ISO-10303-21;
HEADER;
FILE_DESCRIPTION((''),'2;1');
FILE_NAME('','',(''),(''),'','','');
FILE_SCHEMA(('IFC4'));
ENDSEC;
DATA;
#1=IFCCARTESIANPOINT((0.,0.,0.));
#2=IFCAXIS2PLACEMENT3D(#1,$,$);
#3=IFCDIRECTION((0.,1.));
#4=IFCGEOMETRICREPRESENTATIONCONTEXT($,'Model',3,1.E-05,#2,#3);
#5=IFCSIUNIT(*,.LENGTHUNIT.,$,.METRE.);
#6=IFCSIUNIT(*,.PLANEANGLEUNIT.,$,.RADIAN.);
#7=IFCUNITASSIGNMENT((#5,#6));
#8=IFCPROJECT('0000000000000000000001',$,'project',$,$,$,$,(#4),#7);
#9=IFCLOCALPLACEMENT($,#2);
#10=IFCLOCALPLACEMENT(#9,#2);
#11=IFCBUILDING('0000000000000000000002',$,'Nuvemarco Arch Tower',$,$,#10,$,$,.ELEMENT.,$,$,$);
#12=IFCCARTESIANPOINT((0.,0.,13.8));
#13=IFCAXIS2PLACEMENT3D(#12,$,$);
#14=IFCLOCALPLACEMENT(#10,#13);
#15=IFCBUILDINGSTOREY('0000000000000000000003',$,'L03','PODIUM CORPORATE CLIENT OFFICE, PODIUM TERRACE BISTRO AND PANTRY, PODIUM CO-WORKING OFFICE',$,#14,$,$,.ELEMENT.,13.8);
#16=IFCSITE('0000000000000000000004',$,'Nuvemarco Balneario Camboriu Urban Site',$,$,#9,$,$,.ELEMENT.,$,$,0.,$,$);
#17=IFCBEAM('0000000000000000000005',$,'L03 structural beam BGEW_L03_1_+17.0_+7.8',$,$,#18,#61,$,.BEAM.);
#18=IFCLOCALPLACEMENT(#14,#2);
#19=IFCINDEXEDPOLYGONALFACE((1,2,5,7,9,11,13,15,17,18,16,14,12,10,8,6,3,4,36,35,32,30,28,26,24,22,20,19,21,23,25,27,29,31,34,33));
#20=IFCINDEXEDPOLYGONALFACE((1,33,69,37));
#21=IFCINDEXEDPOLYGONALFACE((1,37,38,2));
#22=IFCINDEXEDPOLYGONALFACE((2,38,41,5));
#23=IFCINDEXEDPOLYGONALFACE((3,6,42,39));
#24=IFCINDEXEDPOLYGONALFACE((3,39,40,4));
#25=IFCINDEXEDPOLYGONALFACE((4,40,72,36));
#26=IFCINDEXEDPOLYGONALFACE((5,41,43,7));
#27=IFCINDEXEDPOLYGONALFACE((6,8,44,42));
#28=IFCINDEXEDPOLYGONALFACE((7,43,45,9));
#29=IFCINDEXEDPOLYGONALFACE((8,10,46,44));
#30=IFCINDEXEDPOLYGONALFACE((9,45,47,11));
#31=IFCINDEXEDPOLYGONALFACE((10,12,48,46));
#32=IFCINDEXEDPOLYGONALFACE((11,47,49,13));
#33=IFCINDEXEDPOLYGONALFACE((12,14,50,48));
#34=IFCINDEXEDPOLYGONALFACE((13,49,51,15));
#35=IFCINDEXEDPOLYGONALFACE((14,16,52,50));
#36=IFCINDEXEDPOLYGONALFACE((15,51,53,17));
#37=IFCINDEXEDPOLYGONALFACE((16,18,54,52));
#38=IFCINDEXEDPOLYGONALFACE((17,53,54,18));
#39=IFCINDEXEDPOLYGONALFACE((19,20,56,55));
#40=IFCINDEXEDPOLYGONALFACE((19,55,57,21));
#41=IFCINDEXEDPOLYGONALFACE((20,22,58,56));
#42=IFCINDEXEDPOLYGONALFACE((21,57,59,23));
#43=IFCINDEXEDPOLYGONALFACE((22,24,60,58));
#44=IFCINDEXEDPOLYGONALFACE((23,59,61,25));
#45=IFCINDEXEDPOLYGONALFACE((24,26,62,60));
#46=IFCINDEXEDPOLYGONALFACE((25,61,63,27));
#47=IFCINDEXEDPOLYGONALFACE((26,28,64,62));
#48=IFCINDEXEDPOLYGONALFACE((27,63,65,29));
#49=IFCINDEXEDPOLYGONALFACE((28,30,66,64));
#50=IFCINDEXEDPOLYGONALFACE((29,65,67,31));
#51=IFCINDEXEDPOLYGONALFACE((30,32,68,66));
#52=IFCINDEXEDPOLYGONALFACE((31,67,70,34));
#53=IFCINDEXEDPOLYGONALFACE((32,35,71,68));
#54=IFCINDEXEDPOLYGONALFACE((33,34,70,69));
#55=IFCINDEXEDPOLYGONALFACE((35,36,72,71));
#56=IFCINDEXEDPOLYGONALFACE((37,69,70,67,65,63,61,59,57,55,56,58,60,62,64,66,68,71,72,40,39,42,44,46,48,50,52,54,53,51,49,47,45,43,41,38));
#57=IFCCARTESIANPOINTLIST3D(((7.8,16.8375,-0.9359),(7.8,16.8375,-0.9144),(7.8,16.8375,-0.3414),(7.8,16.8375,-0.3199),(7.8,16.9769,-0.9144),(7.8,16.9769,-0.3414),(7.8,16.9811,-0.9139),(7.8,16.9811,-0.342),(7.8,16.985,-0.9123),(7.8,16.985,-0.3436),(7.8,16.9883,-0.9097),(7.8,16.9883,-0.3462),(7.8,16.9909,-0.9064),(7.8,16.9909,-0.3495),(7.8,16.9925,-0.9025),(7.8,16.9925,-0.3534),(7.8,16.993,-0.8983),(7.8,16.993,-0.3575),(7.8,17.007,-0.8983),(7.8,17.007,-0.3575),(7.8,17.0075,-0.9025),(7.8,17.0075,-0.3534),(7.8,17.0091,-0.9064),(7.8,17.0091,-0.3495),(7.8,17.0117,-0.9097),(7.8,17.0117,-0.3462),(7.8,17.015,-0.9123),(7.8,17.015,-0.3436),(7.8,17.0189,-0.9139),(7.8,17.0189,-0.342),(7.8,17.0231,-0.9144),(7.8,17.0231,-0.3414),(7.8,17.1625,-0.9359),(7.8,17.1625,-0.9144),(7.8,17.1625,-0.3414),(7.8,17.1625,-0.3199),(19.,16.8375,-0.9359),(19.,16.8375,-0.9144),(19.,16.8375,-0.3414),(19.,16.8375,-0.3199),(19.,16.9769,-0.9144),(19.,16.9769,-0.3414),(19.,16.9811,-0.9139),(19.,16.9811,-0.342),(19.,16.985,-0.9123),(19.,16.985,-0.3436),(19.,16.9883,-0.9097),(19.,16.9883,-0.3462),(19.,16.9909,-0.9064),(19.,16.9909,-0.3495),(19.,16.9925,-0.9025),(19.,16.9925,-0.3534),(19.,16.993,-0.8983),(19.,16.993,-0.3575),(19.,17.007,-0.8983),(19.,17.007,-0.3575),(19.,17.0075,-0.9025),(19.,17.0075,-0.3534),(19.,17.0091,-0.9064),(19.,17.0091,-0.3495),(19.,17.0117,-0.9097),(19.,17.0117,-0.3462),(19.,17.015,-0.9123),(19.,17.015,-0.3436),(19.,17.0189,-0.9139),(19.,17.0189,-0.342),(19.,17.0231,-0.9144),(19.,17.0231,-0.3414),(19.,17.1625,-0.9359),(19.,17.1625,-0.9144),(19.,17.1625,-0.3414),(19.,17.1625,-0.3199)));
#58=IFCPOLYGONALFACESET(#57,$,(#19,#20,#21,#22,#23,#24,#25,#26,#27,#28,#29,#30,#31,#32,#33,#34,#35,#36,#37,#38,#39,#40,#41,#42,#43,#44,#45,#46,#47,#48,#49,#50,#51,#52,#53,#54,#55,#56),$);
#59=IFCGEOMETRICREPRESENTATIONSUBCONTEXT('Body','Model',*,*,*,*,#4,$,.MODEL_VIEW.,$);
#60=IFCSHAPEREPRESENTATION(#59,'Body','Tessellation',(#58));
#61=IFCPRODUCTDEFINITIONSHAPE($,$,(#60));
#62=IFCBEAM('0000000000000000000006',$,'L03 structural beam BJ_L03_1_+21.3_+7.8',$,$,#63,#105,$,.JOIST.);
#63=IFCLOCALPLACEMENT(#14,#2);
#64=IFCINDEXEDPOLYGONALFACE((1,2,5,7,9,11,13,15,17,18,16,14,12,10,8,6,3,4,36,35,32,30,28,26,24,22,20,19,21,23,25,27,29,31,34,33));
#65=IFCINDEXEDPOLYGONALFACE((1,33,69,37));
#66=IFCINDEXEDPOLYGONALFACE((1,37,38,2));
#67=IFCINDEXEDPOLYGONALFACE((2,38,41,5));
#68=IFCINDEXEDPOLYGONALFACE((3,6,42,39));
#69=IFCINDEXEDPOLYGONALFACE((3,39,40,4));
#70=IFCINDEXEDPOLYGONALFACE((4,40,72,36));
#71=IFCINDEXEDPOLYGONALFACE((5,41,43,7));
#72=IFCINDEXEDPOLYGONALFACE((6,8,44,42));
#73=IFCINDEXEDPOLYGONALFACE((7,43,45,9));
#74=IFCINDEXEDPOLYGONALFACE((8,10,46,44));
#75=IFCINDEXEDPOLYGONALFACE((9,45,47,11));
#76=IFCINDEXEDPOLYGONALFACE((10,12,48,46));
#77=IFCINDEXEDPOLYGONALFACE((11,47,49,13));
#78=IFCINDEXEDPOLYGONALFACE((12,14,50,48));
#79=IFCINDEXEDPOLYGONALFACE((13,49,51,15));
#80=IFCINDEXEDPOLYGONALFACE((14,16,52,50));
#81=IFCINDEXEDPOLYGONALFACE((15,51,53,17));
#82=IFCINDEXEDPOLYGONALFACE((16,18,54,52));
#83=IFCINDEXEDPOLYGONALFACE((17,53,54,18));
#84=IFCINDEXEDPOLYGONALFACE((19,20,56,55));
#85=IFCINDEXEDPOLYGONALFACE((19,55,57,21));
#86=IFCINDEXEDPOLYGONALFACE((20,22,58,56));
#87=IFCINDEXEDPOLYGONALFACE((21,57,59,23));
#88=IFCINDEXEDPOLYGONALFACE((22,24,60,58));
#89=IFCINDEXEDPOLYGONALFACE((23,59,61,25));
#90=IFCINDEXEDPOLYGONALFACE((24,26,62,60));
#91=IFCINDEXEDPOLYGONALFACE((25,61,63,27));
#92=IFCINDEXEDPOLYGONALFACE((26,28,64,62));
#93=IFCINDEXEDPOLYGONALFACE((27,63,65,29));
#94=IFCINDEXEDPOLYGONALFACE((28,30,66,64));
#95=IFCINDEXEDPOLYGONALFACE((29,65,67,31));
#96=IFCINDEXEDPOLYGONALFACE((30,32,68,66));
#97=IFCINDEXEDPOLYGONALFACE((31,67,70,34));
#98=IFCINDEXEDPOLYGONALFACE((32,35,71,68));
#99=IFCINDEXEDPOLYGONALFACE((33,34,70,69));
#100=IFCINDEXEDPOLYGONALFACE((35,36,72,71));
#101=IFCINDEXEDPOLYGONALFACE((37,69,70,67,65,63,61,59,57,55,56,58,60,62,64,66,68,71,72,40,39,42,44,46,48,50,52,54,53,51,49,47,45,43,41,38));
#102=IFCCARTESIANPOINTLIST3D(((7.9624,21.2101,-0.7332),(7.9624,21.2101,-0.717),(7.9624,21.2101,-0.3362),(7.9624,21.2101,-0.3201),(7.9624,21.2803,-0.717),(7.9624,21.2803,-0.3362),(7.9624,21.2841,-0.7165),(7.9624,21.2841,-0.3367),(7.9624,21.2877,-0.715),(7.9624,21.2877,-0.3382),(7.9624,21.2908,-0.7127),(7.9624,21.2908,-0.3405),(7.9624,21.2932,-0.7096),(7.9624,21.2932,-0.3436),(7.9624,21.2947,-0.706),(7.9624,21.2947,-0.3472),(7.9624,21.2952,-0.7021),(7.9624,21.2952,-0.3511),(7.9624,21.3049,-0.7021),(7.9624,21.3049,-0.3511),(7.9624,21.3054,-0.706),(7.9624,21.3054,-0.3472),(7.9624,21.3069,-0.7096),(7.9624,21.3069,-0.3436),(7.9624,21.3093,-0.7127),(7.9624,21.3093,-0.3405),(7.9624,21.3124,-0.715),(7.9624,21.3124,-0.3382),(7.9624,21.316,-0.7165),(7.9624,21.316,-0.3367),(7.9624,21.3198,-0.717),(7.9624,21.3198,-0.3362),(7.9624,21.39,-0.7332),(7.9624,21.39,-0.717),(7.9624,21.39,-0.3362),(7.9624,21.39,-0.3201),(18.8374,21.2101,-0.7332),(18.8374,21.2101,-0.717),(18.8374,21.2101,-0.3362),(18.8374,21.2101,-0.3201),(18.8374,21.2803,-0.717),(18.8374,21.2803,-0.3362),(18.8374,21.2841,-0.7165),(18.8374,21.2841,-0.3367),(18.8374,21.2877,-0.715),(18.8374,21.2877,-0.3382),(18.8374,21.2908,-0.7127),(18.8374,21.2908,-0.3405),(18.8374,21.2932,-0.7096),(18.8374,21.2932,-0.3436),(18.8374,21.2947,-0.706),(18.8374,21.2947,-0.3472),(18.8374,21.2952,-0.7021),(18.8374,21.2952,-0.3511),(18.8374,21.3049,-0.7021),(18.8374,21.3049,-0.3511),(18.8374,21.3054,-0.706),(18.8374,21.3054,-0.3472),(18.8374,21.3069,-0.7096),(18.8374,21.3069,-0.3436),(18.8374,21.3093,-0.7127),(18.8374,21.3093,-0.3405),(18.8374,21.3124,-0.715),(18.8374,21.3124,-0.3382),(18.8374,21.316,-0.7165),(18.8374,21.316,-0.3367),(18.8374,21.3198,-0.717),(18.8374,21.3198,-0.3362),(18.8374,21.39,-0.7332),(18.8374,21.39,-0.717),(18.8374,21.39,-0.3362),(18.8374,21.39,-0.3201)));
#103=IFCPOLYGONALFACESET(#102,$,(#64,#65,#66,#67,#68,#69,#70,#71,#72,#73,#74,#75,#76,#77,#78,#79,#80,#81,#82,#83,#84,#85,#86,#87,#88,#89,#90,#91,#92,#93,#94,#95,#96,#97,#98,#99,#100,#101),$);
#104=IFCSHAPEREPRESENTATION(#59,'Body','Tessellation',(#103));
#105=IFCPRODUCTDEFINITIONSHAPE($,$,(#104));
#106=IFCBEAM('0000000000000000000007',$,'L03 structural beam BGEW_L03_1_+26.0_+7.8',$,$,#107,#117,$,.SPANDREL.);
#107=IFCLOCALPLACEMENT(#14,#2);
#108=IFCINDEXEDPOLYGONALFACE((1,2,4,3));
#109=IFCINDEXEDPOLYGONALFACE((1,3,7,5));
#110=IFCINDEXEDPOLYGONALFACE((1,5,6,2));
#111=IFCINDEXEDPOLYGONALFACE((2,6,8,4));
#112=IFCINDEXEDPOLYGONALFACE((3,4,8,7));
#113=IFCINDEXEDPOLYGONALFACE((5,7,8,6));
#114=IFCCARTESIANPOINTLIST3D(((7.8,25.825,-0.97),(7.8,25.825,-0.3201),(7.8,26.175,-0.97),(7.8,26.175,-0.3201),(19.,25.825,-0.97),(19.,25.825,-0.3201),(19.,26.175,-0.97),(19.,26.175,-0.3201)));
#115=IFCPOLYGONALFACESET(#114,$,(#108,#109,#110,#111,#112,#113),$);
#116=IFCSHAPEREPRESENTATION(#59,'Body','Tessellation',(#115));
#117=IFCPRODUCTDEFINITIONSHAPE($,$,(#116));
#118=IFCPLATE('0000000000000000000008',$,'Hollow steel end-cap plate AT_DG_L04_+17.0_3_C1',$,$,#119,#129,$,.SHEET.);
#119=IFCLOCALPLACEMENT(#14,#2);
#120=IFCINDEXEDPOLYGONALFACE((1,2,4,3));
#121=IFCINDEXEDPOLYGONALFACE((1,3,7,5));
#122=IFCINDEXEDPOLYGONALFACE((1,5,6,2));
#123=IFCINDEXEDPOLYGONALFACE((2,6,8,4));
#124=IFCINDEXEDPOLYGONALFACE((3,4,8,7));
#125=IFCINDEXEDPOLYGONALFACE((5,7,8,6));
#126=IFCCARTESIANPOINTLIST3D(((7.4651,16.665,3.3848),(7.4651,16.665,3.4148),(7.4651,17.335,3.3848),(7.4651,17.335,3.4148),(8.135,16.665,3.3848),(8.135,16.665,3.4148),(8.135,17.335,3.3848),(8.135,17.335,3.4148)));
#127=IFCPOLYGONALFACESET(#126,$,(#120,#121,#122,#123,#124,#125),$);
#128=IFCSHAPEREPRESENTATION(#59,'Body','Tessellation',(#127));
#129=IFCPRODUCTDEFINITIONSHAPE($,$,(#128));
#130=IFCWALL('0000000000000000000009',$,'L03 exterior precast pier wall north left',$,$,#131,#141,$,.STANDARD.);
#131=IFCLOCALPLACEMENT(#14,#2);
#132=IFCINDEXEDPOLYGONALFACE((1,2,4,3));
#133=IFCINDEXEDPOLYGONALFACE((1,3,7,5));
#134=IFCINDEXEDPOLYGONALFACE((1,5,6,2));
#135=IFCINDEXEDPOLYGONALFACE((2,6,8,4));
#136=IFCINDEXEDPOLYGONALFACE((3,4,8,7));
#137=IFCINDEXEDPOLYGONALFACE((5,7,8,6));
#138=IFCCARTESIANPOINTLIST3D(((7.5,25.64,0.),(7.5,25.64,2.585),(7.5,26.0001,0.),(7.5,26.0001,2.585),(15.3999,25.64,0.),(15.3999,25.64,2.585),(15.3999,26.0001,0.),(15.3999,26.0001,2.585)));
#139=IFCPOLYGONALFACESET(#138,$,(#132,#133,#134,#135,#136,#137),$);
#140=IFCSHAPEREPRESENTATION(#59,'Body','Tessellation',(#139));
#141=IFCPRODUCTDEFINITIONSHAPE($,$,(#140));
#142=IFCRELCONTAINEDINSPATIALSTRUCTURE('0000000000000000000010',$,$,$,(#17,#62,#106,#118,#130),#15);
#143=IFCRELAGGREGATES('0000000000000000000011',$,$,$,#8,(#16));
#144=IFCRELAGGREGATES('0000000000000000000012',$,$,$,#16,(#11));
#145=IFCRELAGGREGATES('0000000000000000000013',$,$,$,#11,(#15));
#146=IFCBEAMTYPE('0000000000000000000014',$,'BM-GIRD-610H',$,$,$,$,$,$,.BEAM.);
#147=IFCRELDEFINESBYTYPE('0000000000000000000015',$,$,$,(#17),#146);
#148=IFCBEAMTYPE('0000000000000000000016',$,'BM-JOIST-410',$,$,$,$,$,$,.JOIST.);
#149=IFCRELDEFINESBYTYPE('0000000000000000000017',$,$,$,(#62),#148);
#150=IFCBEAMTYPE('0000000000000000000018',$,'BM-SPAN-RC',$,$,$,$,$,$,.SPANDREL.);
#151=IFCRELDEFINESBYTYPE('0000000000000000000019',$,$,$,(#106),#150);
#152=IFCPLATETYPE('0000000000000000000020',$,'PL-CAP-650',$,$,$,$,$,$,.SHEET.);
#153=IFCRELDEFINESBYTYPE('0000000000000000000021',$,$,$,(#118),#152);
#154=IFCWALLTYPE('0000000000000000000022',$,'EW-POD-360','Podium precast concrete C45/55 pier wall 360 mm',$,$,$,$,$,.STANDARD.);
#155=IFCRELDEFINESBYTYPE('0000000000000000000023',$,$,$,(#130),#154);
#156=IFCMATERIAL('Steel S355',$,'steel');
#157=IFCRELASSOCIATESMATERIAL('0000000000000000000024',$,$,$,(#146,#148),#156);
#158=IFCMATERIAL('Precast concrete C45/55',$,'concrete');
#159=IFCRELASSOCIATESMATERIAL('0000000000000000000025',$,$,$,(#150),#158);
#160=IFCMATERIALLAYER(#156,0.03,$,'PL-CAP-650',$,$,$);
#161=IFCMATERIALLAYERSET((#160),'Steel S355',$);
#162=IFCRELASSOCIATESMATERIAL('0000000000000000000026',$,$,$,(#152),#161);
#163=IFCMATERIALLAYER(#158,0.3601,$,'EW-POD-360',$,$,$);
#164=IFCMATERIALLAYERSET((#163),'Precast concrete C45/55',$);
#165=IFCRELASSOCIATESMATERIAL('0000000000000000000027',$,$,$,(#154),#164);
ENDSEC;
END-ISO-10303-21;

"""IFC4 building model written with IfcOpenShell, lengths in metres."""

from ifc_helpers import new_model, si_unit, direction, frame, frame_2d, origin, origin_2d, place, context, subcontext, project, spatial, rectangle, i_section, extrude, source, transform, mapped, material, layer, layer_set, material_profile, profile_set, type_object, type_shapes, element, save


model = new_model("IFC4")

# Units and contexts
model_context = context("Model", 3, precision=1e-05, world=origin(), true_north=direction((0.0, 1.0)))
body_context = subcontext(model_context, "Body", "Model", "MODEL_VIEW")
ifc_project = project(units=[si_unit("LENGTHUNIT", "METRE"), si_unit("PLANEANGLEUNIT", "RADIAN")], contexts=[model_context])

# Site, building, storey
site_placement = place(None, origin())
site = spatial("IfcSite", under=ifc_project, at=site_placement, Name="Nuvemarco Balneario Camboriu Urban Site", CompositionType="ELEMENT", RefElevation=0.0)
building_placement = place(site_placement, origin())
building = spatial("IfcBuilding", under=site, at=building_placement, Name="Nuvemarco Arch Tower", CompositionType="ELEMENT")
storey_placement = place(building_placement, frame((0.0, 0.0, 13.8)))
storey = spatial("IfcBuildingStorey", under=building, at=storey_placement, Name="L03", Description="PODIUM CORPORATE CLIENT OFFICE, PODIUM TERRACE BISTRO AND PANTRY, PODIUM CO-WORKING OFFICE", CompositionType="ELEMENT", Elevation=13.8)

# Beams
ifc_material_1 = material(Name="Steel S355", Category="steel")
ifc_material_profile_1 = material_profile(ifc_material_1, i_section(OverallWidth=0.325, OverallDepth=0.616, WebThickness=0.0139, FlangeThickness=0.0215, FilletRadius=0.0161, at=origin_2d()), Name="W610x174")
ifc_profile_set_1 = profile_set([ifc_material_profile_1], Name="Steel S355")
beam_type_1 = type_object("IfcBeamType", Name="BM-GIRD-610H", PredefinedType="BEAM", material=ifc_profile_set_1)
beam_1_placement = place(storey_placement, frame((7.8, 17.0, -0.6279), z_axis=(1.0, 0.0, 0.0), x_axis=(0.0, 1.0, 0.0)))
element("IfcBeam", 1, at=beam_1_placement, inside=storey, type_object=beam_type_1, Name="L03 structural beam BGEW_L03_1_+17.0_+7.8", PredefinedType="BEAM", context=body_context, shape_type="SweptSolid", body=[
    extrude(i_section(OverallWidth=0.325, OverallDepth=0.616, WebThickness=0.0139, FlangeThickness=0.0215, FilletRadius=0.0161, at=origin_2d()), origin(), (0.0, 0.0, 1.0), 11.2),
])
ifc_material_profile_2 = material_profile(ifc_material_1, i_section(OverallWidth=0.1799, OverallDepth=0.4131, WebThickness=0.0098, FlangeThickness=0.0161, FilletRadius=0.0149, at=origin_2d()), Name="W410x75")
ifc_profile_set_2 = profile_set([ifc_material_profile_2], Name="Steel S355")
beam_type_2 = type_object("IfcBeamType", Name="BM-JOIST-410", PredefinedType="JOIST", material=ifc_profile_set_2)
beam_2_placement = place(storey_placement, frame((7.9624, 21.3, -0.5266), z_axis=(1.0, 0.0, 0.0), x_axis=(0.0, 1.0, 0.0)))
element("IfcBeam", 2, at=beam_2_placement, inside=storey, type_object=beam_type_2, Name="L03 structural beam BJ_L03_1_+21.3_+7.8", PredefinedType="JOIST", context=body_context, shape_type="SweptSolid", body=[
    extrude(i_section(OverallWidth=0.1799, OverallDepth=0.4131, WebThickness=0.0098, FlangeThickness=0.0161, FilletRadius=0.0149, at=origin_2d()), origin(), (0.0, 0.0, 1.0), 10.875),
])
ifc_material_2 = material(Name="Precast concrete C45/55", Category="concrete")
ifc_material_profile_3 = material_profile(ifc_material_2, rectangle(XDim=0.3501, YDim=0.6499, at=origin_2d()), Name="PC-SP-350x650")
ifc_profile_set_3 = profile_set([ifc_material_profile_3], Name="Precast concrete C45/55")
beam_type_3 = type_object("IfcBeamType", Name="BM-SPAN-RC", PredefinedType="SPANDREL", material=ifc_profile_set_3)
beam_3_placement = place(storey_placement, frame((7.8, 26.0, -0.645), z_axis=(1.0, 0.0, 0.0), x_axis=(0.0, 1.0, 0.0)))
element("IfcBeam", 3, at=beam_3_placement, inside=storey, type_object=beam_type_3, Name="L03 structural beam BGEW_L03_1_+26.0_+7.8", PredefinedType="SPANDREL", context=body_context, shape_type="SweptSolid", body=[
    extrude(rectangle(XDim=0.3501, YDim=0.6499, at=origin_2d()), origin(), (0.0, 0.0, 1.0), 11.2),
])

# Plate
ifc_layer_1 = layer(ifc_material_1, 0.03, Name="PL-CAP-650")
ifc_layer_set_1 = layer_set([ifc_layer_1], Name="Steel S355")
plate_type_1 = type_object("IfcPlateType", Name="PL-CAP-650", PredefinedType="SHEET", material=ifc_layer_set_1)
shared_shape_1 = source(origin(), body_context, "Body", "SweptSolid", [
    extrude(rectangle(XDim=0.6699, YDim=0.6699, at=origin_2d()), origin(), (0.0, 0.0, 1.0), 0.03),
])
type_shapes(plate_type_1, [shared_shape_1])
plate_1_placement = place(storey_placement, frame((7.8, 17.0, 3.3848), z_axis=(0.0, 0.0, 1.0), x_axis=(1.0, 0.0, 0.0)))
element("IfcPlate", 4, at=plate_1_placement, inside=storey, type_object=plate_type_1, Name="Hollow steel end-cap plate AT_DG_L04_+17.0_3_C1", PredefinedType="SHEET", context=body_context, shape_type="MappedRepresentation", body=[
    mapped(shared_shape_1, transform((0.0, 0.0, 0.0), scale=1.0)),
])

# Wall
ifc_layer_2 = layer(ifc_material_2, 0.3601, Name="EW-POD-360")
ifc_layer_set_2 = layer_set([ifc_layer_2], Name="Precast concrete C45/55")
wall_type_1 = type_object("IfcWallType", Name="EW-POD-360", Description="Podium precast concrete C45/55 pier wall 360 mm", PredefinedType="STANDARD", material=ifc_layer_set_2)
wall_1_placement = place(storey_placement, frame((7.5, 25.8201, 0.0), z_axis=(0.0, 0.0, 1.0), x_axis=(1.0, 0.0, 0.0)))
element("IfcWall", 5, at=wall_1_placement, inside=storey, type_object=wall_type_1, Name="L03 exterior precast pier wall north left", PredefinedType="STANDARD", context=body_context, shape_type="SweptSolid", body=[
    extrude(rectangle(XDim=7.8999, YDim=0.3601, at=frame_2d((3.95, 0.0))), origin(), (0.0, 0.0, 1.0), 2.585),
])

save(model, "model.ifc")
